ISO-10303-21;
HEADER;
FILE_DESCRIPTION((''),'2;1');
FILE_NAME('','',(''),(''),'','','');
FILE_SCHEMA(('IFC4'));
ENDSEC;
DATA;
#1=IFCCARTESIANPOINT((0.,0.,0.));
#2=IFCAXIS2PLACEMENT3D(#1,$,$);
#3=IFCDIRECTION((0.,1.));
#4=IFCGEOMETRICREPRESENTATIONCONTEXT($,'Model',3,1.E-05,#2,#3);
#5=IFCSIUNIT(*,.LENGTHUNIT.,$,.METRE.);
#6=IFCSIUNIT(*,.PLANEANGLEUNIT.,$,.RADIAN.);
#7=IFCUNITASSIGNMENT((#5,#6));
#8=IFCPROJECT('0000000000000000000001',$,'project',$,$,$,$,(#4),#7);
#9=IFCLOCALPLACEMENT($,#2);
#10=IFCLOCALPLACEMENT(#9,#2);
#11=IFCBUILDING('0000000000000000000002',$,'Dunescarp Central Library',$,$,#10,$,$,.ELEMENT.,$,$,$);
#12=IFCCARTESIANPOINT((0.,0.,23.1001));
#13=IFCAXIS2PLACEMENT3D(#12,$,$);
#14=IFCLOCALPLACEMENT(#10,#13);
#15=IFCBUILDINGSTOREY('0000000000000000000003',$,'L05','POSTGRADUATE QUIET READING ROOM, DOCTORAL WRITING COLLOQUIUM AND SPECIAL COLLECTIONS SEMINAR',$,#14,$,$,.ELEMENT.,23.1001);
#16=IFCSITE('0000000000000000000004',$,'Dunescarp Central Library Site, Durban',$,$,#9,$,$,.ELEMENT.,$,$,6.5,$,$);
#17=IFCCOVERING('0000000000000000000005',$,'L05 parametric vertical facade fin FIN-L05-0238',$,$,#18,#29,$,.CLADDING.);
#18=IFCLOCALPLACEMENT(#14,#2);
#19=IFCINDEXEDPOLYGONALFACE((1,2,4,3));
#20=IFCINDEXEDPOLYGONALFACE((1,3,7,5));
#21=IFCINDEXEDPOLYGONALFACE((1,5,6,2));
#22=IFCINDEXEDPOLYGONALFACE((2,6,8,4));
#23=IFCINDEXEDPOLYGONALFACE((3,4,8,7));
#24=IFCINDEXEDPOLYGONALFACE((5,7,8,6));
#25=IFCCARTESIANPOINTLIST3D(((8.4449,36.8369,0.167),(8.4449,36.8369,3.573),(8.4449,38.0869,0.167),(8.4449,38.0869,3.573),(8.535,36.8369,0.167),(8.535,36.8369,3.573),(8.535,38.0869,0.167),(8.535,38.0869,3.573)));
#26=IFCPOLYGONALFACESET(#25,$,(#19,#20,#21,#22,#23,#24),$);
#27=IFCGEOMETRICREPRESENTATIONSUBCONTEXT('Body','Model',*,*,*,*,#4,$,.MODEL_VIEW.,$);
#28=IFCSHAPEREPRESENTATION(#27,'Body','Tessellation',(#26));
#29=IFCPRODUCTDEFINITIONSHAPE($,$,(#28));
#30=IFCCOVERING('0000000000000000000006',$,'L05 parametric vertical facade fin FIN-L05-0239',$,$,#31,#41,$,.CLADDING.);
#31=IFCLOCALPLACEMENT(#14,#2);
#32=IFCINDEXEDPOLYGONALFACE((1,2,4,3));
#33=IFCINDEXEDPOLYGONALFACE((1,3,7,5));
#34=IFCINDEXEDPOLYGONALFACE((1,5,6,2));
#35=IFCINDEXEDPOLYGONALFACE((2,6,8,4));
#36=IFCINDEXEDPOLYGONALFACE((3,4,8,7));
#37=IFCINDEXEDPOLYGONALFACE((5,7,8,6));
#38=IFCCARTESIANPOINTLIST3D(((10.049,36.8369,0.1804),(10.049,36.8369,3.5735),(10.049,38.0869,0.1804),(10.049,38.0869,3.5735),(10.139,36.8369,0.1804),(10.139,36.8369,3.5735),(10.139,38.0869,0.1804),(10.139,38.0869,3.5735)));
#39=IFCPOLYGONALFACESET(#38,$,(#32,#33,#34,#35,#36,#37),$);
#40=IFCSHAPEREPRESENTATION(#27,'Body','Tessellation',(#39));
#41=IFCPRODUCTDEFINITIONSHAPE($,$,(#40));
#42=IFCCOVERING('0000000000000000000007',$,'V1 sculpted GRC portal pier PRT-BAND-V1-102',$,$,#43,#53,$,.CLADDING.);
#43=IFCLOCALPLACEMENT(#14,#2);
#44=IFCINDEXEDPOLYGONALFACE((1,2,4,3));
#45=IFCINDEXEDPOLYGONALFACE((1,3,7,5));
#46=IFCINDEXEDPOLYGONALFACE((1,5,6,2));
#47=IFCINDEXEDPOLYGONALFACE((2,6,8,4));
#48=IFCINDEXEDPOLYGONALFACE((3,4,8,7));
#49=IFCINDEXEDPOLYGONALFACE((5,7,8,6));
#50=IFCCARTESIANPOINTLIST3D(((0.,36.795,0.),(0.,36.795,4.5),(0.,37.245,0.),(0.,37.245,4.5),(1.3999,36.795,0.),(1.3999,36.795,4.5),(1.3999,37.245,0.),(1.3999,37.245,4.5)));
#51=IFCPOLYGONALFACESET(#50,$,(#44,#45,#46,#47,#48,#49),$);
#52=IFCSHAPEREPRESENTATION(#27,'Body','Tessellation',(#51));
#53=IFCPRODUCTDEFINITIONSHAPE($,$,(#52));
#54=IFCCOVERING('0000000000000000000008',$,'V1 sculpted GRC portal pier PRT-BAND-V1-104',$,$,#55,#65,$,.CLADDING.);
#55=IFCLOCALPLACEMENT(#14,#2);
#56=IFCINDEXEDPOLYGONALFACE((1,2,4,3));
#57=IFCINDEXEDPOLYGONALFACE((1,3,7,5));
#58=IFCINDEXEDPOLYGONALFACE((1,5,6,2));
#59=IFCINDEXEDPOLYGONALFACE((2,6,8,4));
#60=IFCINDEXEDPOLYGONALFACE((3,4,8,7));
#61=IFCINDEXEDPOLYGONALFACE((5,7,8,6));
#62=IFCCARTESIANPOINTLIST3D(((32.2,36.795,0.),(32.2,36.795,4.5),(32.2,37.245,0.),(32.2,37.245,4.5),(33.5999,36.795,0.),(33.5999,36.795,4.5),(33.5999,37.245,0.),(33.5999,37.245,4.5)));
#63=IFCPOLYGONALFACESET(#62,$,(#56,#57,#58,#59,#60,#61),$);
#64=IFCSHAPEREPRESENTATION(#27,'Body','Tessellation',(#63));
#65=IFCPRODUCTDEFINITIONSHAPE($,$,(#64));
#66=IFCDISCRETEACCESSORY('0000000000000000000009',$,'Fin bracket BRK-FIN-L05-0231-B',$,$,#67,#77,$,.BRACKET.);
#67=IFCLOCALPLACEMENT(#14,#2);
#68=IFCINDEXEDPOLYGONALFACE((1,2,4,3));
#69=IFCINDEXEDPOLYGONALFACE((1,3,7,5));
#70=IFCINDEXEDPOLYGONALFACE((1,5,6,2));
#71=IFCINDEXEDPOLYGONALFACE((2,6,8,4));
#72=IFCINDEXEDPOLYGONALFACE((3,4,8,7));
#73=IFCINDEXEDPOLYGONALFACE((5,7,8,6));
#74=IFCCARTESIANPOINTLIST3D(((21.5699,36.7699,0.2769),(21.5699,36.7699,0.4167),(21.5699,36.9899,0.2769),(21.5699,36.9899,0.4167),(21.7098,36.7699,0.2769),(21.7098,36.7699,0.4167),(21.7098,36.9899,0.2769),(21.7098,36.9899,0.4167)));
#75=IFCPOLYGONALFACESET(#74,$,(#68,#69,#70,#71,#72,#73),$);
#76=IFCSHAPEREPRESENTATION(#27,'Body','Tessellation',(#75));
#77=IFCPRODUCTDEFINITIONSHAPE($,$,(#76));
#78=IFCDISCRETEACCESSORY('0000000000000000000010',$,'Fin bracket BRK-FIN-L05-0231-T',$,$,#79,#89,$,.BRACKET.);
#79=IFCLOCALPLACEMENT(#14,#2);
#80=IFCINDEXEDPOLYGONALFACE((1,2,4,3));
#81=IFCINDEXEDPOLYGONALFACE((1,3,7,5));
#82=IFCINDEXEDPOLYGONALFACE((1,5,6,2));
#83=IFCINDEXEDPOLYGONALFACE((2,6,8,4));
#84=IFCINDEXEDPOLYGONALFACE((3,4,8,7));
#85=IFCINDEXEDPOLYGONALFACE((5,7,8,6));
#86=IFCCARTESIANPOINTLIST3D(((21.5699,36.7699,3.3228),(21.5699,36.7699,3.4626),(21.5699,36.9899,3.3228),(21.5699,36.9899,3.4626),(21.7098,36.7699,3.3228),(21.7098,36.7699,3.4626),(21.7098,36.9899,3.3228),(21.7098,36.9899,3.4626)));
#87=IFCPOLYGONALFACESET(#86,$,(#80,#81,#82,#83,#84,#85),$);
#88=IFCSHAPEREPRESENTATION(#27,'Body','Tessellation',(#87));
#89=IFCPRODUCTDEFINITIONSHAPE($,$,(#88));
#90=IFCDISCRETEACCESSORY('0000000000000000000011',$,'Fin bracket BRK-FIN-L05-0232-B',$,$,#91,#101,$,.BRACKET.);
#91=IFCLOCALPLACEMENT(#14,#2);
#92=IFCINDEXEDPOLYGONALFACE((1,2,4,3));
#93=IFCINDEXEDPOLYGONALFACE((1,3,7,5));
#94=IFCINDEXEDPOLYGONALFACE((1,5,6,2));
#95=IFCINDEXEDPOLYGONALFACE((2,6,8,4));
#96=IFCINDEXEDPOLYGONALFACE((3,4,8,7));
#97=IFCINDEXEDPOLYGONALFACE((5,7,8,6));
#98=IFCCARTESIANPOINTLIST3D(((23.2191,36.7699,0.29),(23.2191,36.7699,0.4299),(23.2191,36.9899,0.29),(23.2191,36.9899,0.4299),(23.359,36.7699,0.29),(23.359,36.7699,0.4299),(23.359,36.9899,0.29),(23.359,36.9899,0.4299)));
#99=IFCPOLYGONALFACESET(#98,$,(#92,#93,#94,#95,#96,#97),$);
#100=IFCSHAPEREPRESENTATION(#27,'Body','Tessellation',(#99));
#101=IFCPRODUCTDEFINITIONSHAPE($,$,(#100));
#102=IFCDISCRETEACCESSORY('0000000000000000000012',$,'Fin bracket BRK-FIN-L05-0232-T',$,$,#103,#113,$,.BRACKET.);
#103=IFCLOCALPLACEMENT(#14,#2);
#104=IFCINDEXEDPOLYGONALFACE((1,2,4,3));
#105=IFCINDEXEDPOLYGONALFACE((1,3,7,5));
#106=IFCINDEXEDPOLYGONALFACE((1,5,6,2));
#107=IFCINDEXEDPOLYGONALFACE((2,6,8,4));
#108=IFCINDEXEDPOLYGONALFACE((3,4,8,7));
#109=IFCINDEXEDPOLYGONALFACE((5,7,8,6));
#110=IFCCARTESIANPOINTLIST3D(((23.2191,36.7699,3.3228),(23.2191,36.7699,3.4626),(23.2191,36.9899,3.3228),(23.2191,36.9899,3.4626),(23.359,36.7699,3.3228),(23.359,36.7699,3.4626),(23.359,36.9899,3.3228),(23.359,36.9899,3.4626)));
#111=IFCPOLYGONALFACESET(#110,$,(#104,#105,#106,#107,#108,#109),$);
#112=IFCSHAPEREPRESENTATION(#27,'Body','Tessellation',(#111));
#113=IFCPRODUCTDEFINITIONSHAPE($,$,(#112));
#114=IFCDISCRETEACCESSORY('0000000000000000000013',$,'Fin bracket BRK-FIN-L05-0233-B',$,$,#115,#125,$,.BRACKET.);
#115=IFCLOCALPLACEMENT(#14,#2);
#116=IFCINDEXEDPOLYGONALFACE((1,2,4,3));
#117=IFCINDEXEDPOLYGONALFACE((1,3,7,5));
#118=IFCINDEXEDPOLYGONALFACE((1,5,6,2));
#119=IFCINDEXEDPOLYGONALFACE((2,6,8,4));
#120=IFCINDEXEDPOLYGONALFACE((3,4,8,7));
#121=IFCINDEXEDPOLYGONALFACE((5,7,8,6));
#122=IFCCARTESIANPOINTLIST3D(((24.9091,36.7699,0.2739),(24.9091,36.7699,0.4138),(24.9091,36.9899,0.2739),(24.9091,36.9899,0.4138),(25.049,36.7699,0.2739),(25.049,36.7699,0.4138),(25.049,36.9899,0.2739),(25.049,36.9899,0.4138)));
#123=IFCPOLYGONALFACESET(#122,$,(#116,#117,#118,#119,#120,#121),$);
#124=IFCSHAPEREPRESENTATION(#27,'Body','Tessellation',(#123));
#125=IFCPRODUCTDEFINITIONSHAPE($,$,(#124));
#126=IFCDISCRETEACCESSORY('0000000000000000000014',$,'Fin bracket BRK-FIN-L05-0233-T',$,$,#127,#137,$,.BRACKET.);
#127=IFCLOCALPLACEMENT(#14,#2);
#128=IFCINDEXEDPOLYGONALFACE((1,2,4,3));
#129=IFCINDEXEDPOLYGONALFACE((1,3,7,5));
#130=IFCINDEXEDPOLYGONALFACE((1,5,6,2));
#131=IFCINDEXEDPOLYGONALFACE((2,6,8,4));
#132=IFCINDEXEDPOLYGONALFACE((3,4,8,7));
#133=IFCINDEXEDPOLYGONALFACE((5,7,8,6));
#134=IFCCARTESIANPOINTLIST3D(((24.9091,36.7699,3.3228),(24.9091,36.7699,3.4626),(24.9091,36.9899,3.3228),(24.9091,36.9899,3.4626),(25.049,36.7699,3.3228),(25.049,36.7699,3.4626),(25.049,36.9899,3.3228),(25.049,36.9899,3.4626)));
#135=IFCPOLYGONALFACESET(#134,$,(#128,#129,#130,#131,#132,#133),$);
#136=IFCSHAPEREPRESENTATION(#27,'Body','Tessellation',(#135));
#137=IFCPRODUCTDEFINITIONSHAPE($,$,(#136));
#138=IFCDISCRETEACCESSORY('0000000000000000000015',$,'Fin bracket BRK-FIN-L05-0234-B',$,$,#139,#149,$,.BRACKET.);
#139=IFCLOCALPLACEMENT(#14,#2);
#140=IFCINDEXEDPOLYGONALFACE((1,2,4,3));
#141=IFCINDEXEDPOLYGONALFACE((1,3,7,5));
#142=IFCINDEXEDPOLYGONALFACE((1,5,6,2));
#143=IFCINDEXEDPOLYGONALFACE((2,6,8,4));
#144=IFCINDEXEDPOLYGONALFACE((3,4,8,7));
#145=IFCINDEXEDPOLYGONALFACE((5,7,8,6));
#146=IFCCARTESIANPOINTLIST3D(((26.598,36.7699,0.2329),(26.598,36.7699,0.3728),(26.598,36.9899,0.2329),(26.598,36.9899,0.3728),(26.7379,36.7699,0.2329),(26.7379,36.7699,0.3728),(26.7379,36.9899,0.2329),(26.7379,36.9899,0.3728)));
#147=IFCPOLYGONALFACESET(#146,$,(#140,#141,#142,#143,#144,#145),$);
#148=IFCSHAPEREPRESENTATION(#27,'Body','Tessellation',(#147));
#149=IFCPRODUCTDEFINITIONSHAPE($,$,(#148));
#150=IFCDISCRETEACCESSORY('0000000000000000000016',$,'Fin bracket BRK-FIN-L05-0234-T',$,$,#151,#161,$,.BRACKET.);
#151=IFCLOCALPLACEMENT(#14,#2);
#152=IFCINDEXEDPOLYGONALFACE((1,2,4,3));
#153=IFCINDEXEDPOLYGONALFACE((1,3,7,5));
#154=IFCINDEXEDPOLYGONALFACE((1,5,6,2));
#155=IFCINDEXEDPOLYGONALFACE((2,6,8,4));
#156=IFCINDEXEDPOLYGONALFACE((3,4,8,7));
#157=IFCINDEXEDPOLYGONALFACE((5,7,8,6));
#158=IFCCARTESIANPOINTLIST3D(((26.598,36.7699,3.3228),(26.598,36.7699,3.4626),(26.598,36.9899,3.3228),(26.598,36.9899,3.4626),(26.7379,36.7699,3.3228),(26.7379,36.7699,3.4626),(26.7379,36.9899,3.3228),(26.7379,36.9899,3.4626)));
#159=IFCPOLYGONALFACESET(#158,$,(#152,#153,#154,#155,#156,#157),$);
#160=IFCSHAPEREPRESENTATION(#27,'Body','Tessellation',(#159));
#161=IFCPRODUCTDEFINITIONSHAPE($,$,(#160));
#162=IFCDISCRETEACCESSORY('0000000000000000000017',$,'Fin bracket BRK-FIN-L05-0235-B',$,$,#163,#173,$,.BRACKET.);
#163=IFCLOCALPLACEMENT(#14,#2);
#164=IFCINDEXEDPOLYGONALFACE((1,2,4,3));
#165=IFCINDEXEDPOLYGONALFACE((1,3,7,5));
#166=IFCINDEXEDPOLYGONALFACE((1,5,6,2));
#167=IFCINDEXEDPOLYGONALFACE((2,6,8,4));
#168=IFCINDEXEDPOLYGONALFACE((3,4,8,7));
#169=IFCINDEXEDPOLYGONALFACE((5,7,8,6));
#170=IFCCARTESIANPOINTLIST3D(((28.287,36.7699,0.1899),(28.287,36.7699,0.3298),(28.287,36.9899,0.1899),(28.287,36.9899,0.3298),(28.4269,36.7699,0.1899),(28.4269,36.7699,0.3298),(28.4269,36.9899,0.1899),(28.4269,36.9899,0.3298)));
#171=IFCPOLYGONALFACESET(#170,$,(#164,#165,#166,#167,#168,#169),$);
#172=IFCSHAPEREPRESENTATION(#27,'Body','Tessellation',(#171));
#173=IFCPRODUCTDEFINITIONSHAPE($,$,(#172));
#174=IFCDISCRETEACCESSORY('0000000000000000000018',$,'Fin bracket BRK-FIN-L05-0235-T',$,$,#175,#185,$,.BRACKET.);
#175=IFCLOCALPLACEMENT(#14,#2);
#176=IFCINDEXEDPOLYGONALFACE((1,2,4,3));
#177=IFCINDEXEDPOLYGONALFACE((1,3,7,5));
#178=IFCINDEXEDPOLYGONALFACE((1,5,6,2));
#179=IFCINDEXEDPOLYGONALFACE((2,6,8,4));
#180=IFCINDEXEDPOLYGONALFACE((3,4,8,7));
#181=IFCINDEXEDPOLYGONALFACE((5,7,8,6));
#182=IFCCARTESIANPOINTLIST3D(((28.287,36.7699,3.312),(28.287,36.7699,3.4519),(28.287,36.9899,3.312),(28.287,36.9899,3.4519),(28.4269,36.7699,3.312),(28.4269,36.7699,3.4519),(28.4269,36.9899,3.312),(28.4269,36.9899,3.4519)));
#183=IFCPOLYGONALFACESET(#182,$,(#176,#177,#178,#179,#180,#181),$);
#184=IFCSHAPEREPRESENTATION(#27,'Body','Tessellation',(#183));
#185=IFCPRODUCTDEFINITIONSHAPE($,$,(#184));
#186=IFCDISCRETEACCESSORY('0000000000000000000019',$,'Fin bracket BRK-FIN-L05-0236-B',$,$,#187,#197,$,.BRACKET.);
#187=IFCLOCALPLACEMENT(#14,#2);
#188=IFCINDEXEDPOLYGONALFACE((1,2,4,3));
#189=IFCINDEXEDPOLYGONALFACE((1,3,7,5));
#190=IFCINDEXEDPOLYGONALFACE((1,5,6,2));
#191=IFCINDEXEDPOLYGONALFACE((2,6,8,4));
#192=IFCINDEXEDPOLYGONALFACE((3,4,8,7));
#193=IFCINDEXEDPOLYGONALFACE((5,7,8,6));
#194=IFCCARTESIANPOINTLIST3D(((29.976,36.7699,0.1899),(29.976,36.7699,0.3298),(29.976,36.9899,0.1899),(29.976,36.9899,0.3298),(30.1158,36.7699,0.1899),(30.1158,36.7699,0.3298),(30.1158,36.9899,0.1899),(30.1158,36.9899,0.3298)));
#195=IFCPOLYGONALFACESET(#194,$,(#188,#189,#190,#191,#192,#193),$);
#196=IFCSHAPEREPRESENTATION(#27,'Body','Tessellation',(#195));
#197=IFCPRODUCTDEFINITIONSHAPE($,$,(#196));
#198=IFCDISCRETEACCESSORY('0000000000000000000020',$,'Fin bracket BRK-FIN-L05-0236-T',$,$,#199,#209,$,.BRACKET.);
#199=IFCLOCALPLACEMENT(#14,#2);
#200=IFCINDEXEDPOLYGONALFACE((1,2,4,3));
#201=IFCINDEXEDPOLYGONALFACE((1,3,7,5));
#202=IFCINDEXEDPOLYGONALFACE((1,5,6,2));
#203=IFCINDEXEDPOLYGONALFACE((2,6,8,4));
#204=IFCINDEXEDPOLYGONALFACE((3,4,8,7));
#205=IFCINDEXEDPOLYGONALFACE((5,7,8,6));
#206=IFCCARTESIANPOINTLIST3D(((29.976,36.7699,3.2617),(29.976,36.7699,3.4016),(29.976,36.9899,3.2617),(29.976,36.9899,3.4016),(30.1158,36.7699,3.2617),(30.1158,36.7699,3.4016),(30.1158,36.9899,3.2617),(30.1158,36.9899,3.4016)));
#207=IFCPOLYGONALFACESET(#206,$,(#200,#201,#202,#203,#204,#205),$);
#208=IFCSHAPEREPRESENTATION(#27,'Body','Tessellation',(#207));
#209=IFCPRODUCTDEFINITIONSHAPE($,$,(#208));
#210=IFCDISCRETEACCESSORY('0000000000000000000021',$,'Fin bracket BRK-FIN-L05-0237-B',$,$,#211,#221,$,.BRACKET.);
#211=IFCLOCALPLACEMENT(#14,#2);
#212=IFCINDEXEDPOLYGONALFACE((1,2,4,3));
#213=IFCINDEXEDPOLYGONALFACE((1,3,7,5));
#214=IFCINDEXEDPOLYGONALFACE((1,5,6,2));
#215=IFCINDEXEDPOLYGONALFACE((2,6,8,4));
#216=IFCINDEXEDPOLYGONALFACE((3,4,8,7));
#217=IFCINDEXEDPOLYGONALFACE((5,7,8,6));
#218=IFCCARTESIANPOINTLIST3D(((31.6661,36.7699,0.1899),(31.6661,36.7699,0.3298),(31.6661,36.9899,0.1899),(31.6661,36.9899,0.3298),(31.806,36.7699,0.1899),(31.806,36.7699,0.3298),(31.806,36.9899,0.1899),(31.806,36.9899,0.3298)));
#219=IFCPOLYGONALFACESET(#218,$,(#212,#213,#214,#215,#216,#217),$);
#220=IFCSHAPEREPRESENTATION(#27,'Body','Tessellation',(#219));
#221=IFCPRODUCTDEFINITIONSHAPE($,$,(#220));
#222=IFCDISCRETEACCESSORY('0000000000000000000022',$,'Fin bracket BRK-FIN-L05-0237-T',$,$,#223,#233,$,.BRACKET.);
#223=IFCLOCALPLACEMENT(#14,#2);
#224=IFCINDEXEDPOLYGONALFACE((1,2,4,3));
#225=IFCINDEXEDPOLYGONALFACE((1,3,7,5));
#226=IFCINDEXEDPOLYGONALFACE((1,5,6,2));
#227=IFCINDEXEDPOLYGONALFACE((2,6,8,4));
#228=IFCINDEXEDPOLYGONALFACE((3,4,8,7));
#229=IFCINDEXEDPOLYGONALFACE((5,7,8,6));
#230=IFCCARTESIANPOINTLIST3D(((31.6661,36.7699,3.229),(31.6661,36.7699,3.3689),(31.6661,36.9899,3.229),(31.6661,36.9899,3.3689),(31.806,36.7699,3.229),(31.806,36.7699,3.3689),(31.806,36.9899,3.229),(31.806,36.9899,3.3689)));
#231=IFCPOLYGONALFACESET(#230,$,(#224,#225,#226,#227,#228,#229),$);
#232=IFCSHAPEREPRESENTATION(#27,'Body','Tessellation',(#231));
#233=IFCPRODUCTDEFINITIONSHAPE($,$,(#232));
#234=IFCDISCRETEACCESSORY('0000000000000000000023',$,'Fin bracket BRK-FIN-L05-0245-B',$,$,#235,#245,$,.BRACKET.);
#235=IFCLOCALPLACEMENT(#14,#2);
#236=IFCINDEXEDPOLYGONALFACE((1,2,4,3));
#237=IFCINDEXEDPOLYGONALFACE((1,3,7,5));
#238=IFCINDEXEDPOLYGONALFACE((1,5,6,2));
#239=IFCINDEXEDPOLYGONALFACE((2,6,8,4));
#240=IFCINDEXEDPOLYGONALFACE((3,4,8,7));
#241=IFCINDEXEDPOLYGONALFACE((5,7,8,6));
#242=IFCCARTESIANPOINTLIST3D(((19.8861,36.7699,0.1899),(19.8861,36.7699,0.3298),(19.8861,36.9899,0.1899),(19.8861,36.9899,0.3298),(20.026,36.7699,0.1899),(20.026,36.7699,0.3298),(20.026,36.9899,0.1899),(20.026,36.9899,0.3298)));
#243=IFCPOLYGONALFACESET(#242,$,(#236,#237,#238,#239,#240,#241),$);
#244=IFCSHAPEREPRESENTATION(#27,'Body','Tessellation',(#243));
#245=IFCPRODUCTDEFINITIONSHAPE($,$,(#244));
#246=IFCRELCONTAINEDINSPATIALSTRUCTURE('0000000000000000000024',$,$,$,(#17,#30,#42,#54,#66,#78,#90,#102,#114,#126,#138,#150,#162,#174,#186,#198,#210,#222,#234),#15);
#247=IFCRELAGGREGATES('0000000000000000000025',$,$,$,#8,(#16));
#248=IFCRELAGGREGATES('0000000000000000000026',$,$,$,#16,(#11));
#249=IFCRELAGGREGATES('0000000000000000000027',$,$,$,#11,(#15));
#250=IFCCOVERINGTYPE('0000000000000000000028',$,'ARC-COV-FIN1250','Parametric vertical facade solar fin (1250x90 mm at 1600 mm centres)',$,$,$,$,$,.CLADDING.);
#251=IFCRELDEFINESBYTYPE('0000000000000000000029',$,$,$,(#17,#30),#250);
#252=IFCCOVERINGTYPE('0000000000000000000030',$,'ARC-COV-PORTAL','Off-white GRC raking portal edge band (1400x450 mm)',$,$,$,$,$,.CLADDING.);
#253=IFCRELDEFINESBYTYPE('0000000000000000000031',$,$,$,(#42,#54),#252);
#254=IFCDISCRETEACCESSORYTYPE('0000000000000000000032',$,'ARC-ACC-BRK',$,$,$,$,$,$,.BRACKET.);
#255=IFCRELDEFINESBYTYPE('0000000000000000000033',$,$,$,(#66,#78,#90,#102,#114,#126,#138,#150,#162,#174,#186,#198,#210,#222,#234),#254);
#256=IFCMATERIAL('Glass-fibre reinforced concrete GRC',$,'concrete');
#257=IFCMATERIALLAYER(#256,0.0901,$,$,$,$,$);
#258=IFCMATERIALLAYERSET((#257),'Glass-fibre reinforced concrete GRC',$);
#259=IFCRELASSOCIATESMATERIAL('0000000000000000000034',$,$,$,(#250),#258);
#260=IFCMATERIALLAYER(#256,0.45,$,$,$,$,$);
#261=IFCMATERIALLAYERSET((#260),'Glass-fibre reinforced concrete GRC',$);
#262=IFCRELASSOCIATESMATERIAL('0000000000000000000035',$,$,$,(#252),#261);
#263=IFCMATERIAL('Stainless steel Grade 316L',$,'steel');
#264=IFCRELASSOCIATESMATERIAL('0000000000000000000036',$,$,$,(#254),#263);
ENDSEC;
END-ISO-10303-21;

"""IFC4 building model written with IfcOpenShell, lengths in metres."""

from ifc_helpers import new_model, si_unit, direction, frame, origin, origin_2d, place, context, subcontext, project, spatial, rectangle, extrude, material, layer, layer_set, type_object, element, save


model = new_model("IFC4")

# Units and contexts
model_context = context("Model", 3, precision=1e-05, world=origin(), true_north=direction((0.0, 1.0)))
body_context = subcontext(model_context, "Body", "Model", "MODEL_VIEW")
ifc_project = project(units=[si_unit("LENGTHUNIT", "METRE"), si_unit("PLANEANGLEUNIT", "RADIAN")], contexts=[model_context])

# Site, building, storey
site_placement = place(None, origin())
site = spatial("IfcSite", under=ifc_project, at=site_placement, Name="Dunescarp Central Library Site, Durban", CompositionType="ELEMENT", RefElevation=6.5)
building_placement = place(site_placement, origin())
building = spatial("IfcBuilding", under=site, at=building_placement, Name="Dunescarp Central Library", CompositionType="ELEMENT")
storey_placement = place(building_placement, frame((0.0, 0.0, 23.1001)))
storey = spatial("IfcBuildingStorey", under=building, at=storey_placement, Name="L05", Description="POSTGRADUATE QUIET READING ROOM, DOCTORAL WRITING COLLOQUIUM AND SPECIAL COLLECTIONS SEMINAR", CompositionType="ELEMENT", Elevation=23.1001)

# Coverings
ifc_material_1 = material(Name="Glass-fibre reinforced concrete GRC", Category="concrete")
ifc_layer_1 = layer(ifc_material_1, 0.0901)
ifc_layer_set_1 = layer_set([ifc_layer_1], Name="Glass-fibre reinforced concrete GRC")
covering_type_1 = type_object("IfcCoveringType", Name="ARC-COV-FIN1250", Description="Parametric vertical facade solar fin (1250x90 mm at 1600 mm centres)", PredefinedType="CLADDING", material=ifc_layer_set_1)
covering_1_placement = place(storey_placement, frame((8.49, 37.4619, 0.167), z_axis=(0.0, 0.0, 1.0), x_axis=(0.0, 1.0, 0.0)))
element("IfcCovering", 1, at=covering_1_placement, inside=storey, type_object=covering_type_1, Name="L05 parametric vertical facade fin FIN-L05-0238", PredefinedType="CLADDING", context=body_context, shape_type="SweptSolid", body=[
    extrude(rectangle(XDim=1.25, YDim=0.0901, at=origin_2d()), origin(), (0.0, 0.0, 1.0), 3.406),
])
covering_2_placement = place(storey_placement, frame((10.094, 37.4619, 0.1804), z_axis=(0.0, 0.0, 1.0), x_axis=(0.0, 1.0, 0.0)))
element("IfcCovering", 2, at=covering_2_placement, inside=storey, type_object=covering_type_1, Name="L05 parametric vertical facade fin FIN-L05-0239", PredefinedType="CLADDING", context=body_context, shape_type="SweptSolid", body=[
    extrude(rectangle(XDim=1.25, YDim=0.0901, at=origin_2d()), origin(), (0.0, 0.0, 1.0), 3.3931),
])
ifc_layer_2 = layer(ifc_material_1, 0.45)
ifc_layer_set_2 = layer_set([ifc_layer_2], Name="Glass-fibre reinforced concrete GRC")
covering_type_2 = type_object("IfcCoveringType", Name="ARC-COV-PORTAL", Description="Off-white GRC raking portal edge band (1400x450 mm)", PredefinedType="CLADDING", material=ifc_layer_set_2)
for number, where, z_axis, x_axis, name in (
    (3, (0.7, 37.02, 0.0), (0.0, 0.0, 1.0), (1.0, 0.0, 0.0), "V1 sculpted GRC portal pier PRT-BAND-V1-102"),
    (4, (32.8999, 37.02, 0.0), (0.0, 0.0, 1.0), (1.0, 0.0, 0.0), "V1 sculpted GRC portal pier PRT-BAND-V1-104"),
):
    element("IfcCovering", number, at=place(storey_placement, frame(where, z_axis=z_axis, x_axis=x_axis)), inside=storey, type_object=covering_type_2, Name=name, PredefinedType="CLADDING", context=body_context, shape_type="SweptSolid", body=[
        extrude(rectangle(XDim=1.3999, YDim=0.45, at=origin_2d()), origin(), (0.0, 0.0, 1.0), 4.5),
    ])

# Discrete accessories
ifc_material_2 = material(Name="Stainless steel Grade 316L", Category="steel")
discrete_accessory_type = type_object("IfcDiscreteAccessoryType", Name="ARC-ACC-BRK", PredefinedType="BRACKET", material=ifc_material_2)
for number, where, z_axis, x_axis, name in (
    (5, (21.6399, 36.8799, 0.2769), (0.0, 0.0, 1.0), (0.0, 1.0, 0.0), "Fin bracket BRK-FIN-L05-0231-B"),
    (6, (21.6399, 36.8799, 3.3228), (0.0, 0.0, 1.0), (0.0, 1.0, 0.0), "Fin bracket BRK-FIN-L05-0231-T"),
    (7, (23.2891, 36.8799, 0.29), (0.0, 0.0, 1.0), (0.0, 1.0, 0.0), "Fin bracket BRK-FIN-L05-0232-B"),
    (8, (23.2891, 36.8799, 3.3228), (0.0, 0.0, 1.0), (0.0, 1.0, 0.0), "Fin bracket BRK-FIN-L05-0232-T"),
    (9, (24.979, 36.8799, 0.2739), (0.0, 0.0, 1.0), (0.0, 1.0, 0.0), "Fin bracket BRK-FIN-L05-0233-B"),
    (10, (24.979, 36.8799, 3.3228), (0.0, 0.0, 1.0), (0.0, 1.0, 0.0), "Fin bracket BRK-FIN-L05-0233-T"),
    (11, (26.668, 36.8799, 0.2329), (0.0, 0.0, 1.0), (0.0, 1.0, 0.0), "Fin bracket BRK-FIN-L05-0234-B"),
    (12, (26.668, 36.8799, 3.3228), (0.0, 0.0, 1.0), (0.0, 1.0, 0.0), "Fin bracket BRK-FIN-L05-0234-T"),
    (13, (28.3569, 36.8799, 0.1899), (0.0, 0.0, 1.0), (0.0, 1.0, 0.0), "Fin bracket BRK-FIN-L05-0235-B"),
    (14, (28.3569, 36.8799, 3.312), (0.0, 0.0, 1.0), (0.0, 1.0, 0.0), "Fin bracket BRK-FIN-L05-0235-T"),
    (15, (30.0459, 36.8799, 0.1899), (0.0, 0.0, 1.0), (0.0, 1.0, 0.0), "Fin bracket BRK-FIN-L05-0236-B"),
    (16, (30.0459, 36.8799, 3.2617), (0.0, 0.0, 1.0), (0.0, 1.0, 0.0), "Fin bracket BRK-FIN-L05-0236-T"),
    (17, (31.7361, 36.8799, 0.1899), (0.0, 0.0, 1.0), (0.0, 1.0, 0.0), "Fin bracket BRK-FIN-L05-0237-B"),
    (18, (31.7361, 36.8799, 3.229), (0.0, 0.0, 1.0), (0.0, 1.0, 0.0), "Fin bracket BRK-FIN-L05-0237-T"),
    (19, (19.9561, 36.8799, 0.1899), (0.0, 0.0, 1.0), (0.0, 1.0, 0.0), "Fin bracket BRK-FIN-L05-0245-B"),
):
    element("IfcDiscreteAccessory", number, at=place(storey_placement, frame(where, z_axis=z_axis, x_axis=x_axis)), inside=storey, type_object=discrete_accessory_type, Name=name, PredefinedType="BRACKET", context=body_context, shape_type="SweptSolid", body=[
        extrude(rectangle(XDim=0.22, YDim=0.1399, at=origin_2d()), origin(), (0.0, 0.0, 1.0), 0.1399),
    ])

save(model, "model.ifc")
